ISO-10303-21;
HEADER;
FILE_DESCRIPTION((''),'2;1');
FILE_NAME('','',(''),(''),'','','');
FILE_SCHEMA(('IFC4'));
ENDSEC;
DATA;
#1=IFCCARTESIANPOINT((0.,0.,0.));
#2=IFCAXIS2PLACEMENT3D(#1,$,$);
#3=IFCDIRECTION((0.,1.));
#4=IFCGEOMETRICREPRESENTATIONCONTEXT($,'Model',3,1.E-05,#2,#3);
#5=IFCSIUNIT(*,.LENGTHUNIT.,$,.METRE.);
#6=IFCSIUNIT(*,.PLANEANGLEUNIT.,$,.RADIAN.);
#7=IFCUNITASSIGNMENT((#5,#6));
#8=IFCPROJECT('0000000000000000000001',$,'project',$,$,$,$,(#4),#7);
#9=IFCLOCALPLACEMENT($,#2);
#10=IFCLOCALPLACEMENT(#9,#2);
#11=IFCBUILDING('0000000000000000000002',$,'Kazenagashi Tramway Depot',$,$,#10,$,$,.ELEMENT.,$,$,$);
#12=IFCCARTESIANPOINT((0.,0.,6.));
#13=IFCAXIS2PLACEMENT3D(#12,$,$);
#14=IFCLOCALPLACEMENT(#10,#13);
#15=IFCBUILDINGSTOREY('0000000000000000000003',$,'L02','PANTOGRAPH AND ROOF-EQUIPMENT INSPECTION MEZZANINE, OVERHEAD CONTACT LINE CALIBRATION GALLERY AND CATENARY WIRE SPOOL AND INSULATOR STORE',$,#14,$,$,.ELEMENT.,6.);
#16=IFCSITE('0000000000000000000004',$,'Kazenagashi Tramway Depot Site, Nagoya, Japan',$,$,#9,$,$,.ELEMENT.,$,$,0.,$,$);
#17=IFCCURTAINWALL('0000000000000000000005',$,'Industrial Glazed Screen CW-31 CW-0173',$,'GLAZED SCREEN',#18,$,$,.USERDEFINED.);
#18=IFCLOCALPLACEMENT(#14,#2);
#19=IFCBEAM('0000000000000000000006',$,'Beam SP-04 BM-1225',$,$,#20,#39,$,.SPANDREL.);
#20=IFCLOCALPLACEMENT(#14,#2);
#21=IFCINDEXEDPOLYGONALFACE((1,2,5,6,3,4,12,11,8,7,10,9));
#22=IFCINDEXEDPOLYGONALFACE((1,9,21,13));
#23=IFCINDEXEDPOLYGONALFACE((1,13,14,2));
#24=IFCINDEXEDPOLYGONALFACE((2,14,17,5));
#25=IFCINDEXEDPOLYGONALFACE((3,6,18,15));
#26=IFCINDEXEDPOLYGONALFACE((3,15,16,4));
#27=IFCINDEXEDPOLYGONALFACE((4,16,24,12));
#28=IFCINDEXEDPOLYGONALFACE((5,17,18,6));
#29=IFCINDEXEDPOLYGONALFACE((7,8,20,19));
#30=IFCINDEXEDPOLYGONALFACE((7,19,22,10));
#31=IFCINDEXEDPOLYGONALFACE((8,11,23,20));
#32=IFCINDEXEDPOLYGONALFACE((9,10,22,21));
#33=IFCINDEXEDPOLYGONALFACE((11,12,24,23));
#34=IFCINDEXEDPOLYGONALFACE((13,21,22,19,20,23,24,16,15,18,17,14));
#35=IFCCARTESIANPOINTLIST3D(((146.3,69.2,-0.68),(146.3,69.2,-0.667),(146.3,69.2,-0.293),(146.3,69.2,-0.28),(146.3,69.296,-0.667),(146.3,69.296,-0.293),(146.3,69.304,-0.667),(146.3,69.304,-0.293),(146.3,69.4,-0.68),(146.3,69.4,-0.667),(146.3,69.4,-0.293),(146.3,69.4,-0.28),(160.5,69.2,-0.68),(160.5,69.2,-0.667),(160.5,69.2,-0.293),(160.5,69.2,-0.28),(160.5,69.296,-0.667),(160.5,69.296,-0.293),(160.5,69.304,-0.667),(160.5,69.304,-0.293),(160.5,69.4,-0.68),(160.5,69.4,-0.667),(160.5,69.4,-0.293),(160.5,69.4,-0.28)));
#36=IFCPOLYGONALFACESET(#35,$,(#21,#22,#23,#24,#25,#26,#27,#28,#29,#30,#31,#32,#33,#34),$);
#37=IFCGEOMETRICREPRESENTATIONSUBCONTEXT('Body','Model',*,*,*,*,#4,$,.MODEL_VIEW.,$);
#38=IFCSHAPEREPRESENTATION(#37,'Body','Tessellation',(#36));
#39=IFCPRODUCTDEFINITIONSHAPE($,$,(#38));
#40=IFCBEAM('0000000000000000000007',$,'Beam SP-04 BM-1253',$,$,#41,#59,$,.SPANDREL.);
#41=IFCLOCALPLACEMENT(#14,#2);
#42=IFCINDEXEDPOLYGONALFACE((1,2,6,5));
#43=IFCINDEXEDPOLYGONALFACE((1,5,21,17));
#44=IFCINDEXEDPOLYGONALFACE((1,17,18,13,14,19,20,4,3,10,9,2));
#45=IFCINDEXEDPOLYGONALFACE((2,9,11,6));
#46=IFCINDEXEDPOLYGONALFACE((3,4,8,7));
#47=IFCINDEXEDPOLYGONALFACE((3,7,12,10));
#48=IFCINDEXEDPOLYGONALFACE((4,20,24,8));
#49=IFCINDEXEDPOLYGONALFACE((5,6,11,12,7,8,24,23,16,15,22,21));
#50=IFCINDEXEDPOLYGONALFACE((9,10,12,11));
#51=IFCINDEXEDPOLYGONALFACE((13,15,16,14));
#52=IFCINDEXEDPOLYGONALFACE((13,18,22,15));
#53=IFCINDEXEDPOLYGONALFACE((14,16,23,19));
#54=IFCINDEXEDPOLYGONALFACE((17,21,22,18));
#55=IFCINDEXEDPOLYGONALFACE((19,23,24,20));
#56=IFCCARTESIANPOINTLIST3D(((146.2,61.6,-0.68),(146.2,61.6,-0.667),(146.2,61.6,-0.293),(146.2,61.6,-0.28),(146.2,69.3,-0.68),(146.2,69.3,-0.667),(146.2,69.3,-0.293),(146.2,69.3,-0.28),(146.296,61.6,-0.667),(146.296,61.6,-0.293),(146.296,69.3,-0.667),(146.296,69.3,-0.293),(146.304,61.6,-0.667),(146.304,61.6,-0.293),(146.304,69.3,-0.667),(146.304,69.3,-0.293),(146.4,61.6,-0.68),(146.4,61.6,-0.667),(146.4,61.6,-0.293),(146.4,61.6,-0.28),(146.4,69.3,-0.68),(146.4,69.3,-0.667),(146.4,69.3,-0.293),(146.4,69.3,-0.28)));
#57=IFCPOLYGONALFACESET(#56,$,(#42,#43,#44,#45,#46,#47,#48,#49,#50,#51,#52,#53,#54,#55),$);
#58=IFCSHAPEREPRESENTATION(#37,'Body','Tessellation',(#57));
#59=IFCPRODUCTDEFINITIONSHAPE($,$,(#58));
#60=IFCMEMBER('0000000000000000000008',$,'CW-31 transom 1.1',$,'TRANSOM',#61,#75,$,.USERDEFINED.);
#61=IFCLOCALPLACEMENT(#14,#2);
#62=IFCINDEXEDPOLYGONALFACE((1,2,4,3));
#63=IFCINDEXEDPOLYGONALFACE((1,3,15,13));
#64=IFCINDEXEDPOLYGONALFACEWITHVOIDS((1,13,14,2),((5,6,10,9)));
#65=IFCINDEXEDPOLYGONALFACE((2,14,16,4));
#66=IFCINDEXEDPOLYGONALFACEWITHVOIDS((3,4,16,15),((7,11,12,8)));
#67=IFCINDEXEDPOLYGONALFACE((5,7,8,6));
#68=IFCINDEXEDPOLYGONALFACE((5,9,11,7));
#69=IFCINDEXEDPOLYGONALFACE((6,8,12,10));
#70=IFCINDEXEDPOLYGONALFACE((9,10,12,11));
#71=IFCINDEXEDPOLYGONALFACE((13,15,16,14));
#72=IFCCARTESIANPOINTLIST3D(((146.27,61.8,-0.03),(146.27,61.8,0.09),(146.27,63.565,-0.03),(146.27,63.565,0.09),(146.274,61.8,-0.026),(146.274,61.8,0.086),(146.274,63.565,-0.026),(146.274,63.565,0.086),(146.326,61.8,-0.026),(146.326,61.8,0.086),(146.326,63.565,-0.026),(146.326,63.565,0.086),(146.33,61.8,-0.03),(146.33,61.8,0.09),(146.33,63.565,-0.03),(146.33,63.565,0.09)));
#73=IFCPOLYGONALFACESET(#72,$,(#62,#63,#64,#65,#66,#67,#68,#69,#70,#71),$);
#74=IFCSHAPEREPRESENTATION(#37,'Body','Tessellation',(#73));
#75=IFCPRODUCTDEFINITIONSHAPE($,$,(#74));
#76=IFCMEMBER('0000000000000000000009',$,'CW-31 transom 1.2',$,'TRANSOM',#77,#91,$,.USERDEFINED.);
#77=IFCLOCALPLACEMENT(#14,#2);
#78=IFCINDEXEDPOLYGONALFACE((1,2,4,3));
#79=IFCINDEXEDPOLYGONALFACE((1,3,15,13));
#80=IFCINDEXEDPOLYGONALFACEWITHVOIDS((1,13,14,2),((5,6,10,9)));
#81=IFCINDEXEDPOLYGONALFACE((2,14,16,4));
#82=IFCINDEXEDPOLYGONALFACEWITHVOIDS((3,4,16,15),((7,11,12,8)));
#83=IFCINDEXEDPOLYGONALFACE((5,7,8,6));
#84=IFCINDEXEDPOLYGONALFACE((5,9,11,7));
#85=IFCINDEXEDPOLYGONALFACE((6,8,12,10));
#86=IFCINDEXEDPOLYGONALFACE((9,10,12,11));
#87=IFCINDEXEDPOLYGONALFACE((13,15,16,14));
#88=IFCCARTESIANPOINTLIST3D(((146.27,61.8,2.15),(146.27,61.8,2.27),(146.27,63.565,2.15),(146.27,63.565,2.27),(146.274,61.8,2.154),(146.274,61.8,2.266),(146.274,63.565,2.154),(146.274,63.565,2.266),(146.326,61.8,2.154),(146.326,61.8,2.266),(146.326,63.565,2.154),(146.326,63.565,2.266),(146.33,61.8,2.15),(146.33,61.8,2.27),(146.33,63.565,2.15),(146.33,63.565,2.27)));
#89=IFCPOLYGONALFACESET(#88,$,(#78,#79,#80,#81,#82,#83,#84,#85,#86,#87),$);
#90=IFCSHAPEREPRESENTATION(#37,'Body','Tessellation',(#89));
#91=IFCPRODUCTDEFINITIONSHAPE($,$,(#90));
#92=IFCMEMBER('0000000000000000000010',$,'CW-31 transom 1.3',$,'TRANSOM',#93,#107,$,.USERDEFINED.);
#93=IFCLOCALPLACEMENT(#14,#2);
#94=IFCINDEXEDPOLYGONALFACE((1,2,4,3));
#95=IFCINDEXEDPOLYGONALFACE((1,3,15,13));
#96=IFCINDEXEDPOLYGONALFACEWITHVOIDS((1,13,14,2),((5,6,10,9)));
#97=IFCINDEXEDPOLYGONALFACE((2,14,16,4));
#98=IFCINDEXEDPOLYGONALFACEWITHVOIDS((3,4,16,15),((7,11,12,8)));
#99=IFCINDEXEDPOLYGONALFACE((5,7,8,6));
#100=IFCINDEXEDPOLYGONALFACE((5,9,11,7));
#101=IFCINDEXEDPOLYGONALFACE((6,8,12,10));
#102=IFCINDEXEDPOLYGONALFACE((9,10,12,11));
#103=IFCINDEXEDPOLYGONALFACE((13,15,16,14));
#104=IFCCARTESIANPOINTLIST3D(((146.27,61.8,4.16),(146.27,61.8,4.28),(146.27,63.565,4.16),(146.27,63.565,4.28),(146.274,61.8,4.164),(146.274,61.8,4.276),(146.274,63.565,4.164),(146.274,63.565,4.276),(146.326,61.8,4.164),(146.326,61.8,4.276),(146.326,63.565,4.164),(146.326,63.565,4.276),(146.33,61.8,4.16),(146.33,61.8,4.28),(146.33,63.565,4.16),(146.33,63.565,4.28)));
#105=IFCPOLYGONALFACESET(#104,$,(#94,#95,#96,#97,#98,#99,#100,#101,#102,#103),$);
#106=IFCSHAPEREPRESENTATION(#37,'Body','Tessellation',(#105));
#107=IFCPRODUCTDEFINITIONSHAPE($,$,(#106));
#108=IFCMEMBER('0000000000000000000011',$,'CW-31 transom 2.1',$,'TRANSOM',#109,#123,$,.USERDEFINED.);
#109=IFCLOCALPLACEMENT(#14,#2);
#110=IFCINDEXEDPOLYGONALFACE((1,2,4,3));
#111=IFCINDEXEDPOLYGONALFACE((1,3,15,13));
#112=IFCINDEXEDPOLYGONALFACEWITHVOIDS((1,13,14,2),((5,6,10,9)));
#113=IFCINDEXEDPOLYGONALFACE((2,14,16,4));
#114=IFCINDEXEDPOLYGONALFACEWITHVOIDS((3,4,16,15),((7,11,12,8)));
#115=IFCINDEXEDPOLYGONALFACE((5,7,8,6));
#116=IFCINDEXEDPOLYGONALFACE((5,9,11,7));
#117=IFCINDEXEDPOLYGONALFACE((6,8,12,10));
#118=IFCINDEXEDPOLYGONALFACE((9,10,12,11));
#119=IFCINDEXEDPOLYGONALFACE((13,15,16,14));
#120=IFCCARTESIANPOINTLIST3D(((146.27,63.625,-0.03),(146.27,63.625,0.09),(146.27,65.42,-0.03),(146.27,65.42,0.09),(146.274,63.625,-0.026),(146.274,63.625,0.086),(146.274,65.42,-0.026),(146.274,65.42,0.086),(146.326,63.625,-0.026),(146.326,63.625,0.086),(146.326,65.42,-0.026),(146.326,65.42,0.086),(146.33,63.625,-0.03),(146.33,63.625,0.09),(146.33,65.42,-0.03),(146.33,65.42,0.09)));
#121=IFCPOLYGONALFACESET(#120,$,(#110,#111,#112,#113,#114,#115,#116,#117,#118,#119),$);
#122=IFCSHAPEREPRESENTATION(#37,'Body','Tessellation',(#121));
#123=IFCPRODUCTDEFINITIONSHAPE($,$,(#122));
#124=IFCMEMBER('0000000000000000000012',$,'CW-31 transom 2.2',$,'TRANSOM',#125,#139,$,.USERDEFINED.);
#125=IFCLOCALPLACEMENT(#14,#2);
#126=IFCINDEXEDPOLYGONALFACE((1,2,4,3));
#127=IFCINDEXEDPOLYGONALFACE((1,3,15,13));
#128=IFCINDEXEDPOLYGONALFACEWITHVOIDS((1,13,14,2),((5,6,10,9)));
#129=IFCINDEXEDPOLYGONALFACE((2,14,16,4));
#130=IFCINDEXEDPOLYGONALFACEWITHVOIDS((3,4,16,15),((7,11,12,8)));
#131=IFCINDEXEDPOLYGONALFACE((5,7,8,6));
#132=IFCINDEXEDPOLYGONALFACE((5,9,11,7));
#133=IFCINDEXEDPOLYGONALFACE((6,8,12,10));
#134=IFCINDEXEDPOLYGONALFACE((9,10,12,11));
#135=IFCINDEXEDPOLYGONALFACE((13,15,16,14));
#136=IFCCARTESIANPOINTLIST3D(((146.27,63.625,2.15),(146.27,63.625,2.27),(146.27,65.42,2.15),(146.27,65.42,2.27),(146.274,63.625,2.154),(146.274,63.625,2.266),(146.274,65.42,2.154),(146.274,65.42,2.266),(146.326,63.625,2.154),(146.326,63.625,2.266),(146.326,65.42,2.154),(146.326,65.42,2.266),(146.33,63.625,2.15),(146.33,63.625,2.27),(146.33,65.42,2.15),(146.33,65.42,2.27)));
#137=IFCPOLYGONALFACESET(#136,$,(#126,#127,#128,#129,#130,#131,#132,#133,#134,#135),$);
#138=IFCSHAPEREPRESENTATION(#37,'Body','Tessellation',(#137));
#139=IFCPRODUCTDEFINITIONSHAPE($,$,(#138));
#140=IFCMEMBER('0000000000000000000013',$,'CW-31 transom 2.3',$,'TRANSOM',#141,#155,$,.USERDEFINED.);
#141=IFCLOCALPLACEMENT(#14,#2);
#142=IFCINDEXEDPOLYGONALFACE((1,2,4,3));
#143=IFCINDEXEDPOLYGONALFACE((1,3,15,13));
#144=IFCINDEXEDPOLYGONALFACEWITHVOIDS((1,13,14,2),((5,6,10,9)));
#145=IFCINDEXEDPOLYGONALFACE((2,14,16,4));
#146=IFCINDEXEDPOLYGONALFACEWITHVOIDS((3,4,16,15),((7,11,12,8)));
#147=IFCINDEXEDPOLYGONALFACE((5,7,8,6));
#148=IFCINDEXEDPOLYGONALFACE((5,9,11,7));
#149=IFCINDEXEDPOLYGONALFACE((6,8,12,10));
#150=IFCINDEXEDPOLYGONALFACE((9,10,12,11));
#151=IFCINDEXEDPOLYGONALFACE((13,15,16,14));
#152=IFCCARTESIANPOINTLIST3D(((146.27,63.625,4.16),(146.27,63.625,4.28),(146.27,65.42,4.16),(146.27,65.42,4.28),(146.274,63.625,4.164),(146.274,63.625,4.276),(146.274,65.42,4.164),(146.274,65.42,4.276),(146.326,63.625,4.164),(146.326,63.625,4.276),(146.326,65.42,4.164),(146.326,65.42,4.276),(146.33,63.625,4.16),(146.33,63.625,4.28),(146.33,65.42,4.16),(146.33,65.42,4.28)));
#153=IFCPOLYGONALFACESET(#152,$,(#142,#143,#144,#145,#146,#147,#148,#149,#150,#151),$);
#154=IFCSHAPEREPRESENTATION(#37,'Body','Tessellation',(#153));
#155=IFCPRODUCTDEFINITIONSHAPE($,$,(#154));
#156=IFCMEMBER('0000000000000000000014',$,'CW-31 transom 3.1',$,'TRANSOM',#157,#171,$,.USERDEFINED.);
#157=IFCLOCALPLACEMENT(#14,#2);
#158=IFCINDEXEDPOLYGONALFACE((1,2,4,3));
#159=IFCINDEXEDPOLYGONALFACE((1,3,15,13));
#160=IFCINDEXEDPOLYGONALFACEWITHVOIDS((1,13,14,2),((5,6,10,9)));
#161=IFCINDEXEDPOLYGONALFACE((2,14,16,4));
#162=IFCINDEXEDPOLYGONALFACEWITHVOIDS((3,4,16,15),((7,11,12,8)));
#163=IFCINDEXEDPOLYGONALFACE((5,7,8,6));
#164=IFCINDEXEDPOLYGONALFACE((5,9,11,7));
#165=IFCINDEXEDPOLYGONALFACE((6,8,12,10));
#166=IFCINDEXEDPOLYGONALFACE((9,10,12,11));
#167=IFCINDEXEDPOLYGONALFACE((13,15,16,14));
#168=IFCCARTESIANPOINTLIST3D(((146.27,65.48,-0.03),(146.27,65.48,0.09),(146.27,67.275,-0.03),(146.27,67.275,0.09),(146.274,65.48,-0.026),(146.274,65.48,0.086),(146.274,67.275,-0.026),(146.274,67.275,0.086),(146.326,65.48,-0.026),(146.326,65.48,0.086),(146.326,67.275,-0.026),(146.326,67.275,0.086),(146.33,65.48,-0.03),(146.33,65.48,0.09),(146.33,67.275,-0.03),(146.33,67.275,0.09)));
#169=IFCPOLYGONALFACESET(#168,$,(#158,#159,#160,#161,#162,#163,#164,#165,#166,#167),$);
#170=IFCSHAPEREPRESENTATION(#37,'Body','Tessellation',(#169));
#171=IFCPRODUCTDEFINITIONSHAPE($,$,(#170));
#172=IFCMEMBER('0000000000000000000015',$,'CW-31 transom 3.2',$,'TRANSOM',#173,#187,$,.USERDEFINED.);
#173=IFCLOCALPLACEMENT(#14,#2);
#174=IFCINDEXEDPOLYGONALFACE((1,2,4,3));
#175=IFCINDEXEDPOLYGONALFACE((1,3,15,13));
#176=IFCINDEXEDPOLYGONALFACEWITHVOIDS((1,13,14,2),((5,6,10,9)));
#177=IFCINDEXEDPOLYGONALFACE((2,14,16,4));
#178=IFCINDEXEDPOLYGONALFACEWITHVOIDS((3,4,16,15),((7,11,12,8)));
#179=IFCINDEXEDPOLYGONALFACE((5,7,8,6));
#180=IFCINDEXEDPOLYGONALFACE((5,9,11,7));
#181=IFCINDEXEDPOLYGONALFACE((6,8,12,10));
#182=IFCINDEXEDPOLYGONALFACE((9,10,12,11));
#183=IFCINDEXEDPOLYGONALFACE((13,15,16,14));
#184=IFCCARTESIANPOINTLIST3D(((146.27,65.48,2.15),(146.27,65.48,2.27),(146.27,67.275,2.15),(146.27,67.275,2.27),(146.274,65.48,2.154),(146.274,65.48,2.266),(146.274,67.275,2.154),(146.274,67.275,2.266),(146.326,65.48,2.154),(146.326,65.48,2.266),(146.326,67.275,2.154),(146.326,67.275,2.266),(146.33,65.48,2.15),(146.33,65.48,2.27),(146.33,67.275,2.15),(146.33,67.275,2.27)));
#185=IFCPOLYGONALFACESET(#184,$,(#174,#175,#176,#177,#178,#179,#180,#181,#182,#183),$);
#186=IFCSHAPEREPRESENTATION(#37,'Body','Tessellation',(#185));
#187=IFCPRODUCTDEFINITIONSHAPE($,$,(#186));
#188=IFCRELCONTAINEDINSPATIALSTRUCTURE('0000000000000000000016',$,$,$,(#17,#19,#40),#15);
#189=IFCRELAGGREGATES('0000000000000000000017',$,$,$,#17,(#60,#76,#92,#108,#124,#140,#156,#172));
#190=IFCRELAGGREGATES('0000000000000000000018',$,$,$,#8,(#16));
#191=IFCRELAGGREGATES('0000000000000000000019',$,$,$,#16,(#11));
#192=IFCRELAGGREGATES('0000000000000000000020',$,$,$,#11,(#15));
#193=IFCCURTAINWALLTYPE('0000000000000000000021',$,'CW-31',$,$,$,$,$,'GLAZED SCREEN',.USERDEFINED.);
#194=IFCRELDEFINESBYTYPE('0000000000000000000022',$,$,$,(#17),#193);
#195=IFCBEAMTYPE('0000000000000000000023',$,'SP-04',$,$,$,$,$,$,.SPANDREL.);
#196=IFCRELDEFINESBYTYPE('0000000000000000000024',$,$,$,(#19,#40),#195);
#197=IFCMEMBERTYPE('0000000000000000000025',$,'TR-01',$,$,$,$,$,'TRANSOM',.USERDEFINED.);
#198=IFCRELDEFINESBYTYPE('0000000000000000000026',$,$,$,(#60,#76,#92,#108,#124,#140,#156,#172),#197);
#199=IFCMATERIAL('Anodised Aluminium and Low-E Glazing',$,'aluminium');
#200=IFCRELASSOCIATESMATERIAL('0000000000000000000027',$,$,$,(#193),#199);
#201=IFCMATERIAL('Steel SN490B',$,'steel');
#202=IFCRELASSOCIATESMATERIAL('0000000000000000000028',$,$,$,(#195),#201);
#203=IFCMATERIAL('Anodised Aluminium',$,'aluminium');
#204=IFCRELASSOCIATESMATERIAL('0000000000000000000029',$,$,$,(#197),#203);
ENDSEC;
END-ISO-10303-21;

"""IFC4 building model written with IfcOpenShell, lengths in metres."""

from ifc_helpers import new_model, si_unit, direction, frame, origin, origin_2d, place, context, subcontext, project, spatial, hollow_rectangle, i_section, extrude, material, material_profile, profile_set, type_object, element, aggregate, save


model = new_model("IFC4")

# Units and contexts
model_context = context("Model", 3, precision=1e-05, world=origin(), true_north=direction((0.0, 1.0)))
body_context = subcontext(model_context, "Body", "Model", "MODEL_VIEW")
ifc_project = project(units=[si_unit("LENGTHUNIT", "METRE"), si_unit("PLANEANGLEUNIT", "RADIAN")], contexts=[model_context])

# Site, building, storey
site_placement = place(None, origin())
site = spatial("IfcSite", under=ifc_project, at=site_placement, Name="Kazenagashi Tramway Depot Site, Nagoya, Japan", CompositionType="ELEMENT", RefElevation=0.0)
building_placement = place(site_placement, origin())
building = spatial("IfcBuilding", under=site, at=building_placement, Name="Kazenagashi Tramway Depot", CompositionType="ELEMENT")
storey_placement = place(building_placement, frame((0.0, 0.0, 6.0)))
storey = spatial("IfcBuildingStorey", under=building, at=storey_placement, Name="L02", Description="PANTOGRAPH AND ROOF-EQUIPMENT INSPECTION MEZZANINE, OVERHEAD CONTACT LINE CALIBRATION GALLERY AND CATENARY WIRE SPOOL AND INSULATOR STORE", CompositionType="ELEMENT", Elevation=6.0)

# Shared definitions
ifc_material_1 = material(Name="Steel SN490B", Category="steel")

# Curtain wall
ifc_material_2 = material(Name="Anodised Aluminium and Low-E Glazing", Category="aluminium")
curtain_wall_type = type_object("IfcCurtainWallType", Name="CW-31", ElementType="GLAZED SCREEN", PredefinedType="USERDEFINED", material=ifc_material_2)
curtain_wall_placement = place(storey_placement, origin())
curtain_wall = element("IfcCurtainWall", 1, at=curtain_wall_placement, inside=storey, type_object=curtain_wall_type, Name="Industrial Glazed Screen CW-31 CW-0173", ObjectType="GLAZED SCREEN", PredefinedType="USERDEFINED")
ifc_material_3 = material(Name="Anodised Aluminium", Category="aluminium")

# Beams
ifc_material_profile_1 = material_profile(ifc_material_1, i_section(OverallWidth=0.2, OverallDepth=0.4, WebThickness=0.008, FlangeThickness=0.013, at=origin_2d()), Name="H-400x200x8x13")
ifc_profile_set_1 = profile_set([ifc_material_profile_1], Name="Steel SN490B")
beam_type_1 = type_object("IfcBeamType", Name="SP-04", PredefinedType="SPANDREL", material=ifc_profile_set_1)
beam_1_placement = place(storey_placement, frame((146.3, 69.3, -0.48), z_axis=(1.0, 0.0, 0.0), x_axis=(0.0, 1.0, 0.0)))
element("IfcBeam", 2, at=beam_1_placement, inside=storey, type_object=beam_type_1, Name="Beam SP-04 BM-1225", PredefinedType="SPANDREL", context=body_context, shape_type="SweptSolid", body=[
    extrude(i_section(OverallWidth=0.2, OverallDepth=0.4, WebThickness=0.008, FlangeThickness=0.013, at=origin_2d()), origin(), (0.0, 0.0, 1.0), 14.2),
])
beam_2_placement = place(storey_placement, frame((146.3, 61.6, -0.48), z_axis=(0.0, 1.0, 0.0), x_axis=(-1.0, 0.0, 0.0)))
element("IfcBeam", 3, at=beam_2_placement, inside=storey, type_object=beam_type_1, Name="Beam SP-04 BM-1253", PredefinedType="SPANDREL", context=body_context, shape_type="SweptSolid", body=[
    extrude(i_section(OverallWidth=0.2, OverallDepth=0.4, WebThickness=0.008, FlangeThickness=0.013, at=origin_2d()), origin(), (0.0, 0.0, 1.0), 7.7),
])

# Members
ifc_material_profile_2 = material_profile(ifc_material_3, hollow_rectangle(XDim=0.06, YDim=0.12, WallThickness=0.004, at=origin_2d()), Name="RHS-120x60x4")
ifc_profile_set_2 = profile_set([ifc_material_profile_2], Name="Anodised Aluminium")
member_type_1 = type_object("IfcMemberType", Name="TR-01", ElementType="TRANSOM", PredefinedType="USERDEFINED", material=ifc_profile_set_2)
member_1_placement = place(storey_placement, frame((146.3, 61.8, 0.03), z_axis=(0.0, 1.0, 0.0), x_axis=(-1.0, 0.0, 0.0)))
member_1 = element("IfcMember", 4, at=member_1_placement, type_object=member_type_1, Name="CW-31 transom 1.1", ObjectType="TRANSOM", PredefinedType="USERDEFINED", context=body_context, shape_type="SweptSolid", body=[
    extrude(hollow_rectangle(XDim=0.06, YDim=0.12, WallThickness=0.004, at=origin_2d()), origin(), (0.0, 0.0, 1.0), 1.765),
])
member_2_placement = place(storey_placement, frame((146.3, 61.8, 2.21), z_axis=(0.0, 1.0, 0.0), x_axis=(-1.0, 0.0, 0.0)))
member_2 = element("IfcMember", 5, at=member_2_placement, type_object=member_type_1, Name="CW-31 transom 1.2", ObjectType="TRANSOM", PredefinedType="USERDEFINED", context=body_context, shape_type="SweptSolid", body=[
    extrude(hollow_rectangle(XDim=0.06, YDim=0.12, WallThickness=0.004, at=origin_2d()), origin(), (0.0, 0.0, 1.0), 1.765),
])
member_3_placement = place(storey_placement, frame((146.3, 61.8, 4.22), z_axis=(0.0, 1.0, 0.0), x_axis=(-1.0, 0.0, 0.0)))
member_3 = element("IfcMember", 6, at=member_3_placement, type_object=member_type_1, Name="CW-31 transom 1.3", ObjectType="TRANSOM", PredefinedType="USERDEFINED", context=body_context, shape_type="SweptSolid", body=[
    extrude(hollow_rectangle(XDim=0.06, YDim=0.12, WallThickness=0.004, at=origin_2d()), origin(), (0.0, 0.0, 1.0), 1.765),
])
member_4_placement = place(storey_placement, frame((146.3, 63.625, 0.03), z_axis=(0.0, 1.0, 0.0), x_axis=(-1.0, 0.0, 0.0)))
member_4 = element("IfcMember", 7, at=member_4_placement, type_object=member_type_1, Name="CW-31 transom 2.1", ObjectType="TRANSOM", PredefinedType="USERDEFINED", context=body_context, shape_type="SweptSolid", body=[
    extrude(hollow_rectangle(XDim=0.06, YDim=0.12, WallThickness=0.004, at=origin_2d()), origin(), (0.0, 0.0, 1.0), 1.795),
])
member_5_placement = place(storey_placement, frame((146.3, 63.625, 2.21), z_axis=(0.0, 1.0, 0.0), x_axis=(-1.0, 0.0, 0.0)))
member_5 = element("IfcMember", 8, at=member_5_placement, type_object=member_type_1, Name="CW-31 transom 2.2", ObjectType="TRANSOM", PredefinedType="USERDEFINED", context=body_context, shape_type="SweptSolid", body=[
    extrude(hollow_rectangle(XDim=0.06, YDim=0.12, WallThickness=0.004, at=origin_2d()), origin(), (0.0, 0.0, 1.0), 1.795),
])
member_6_placement = place(storey_placement, frame((146.3, 63.625, 4.22), z_axis=(0.0, 1.0, 0.0), x_axis=(-1.0, 0.0, 0.0)))
member_6 = element("IfcMember", 9, at=member_6_placement, type_object=member_type_1, Name="CW-31 transom 2.3", ObjectType="TRANSOM", PredefinedType="USERDEFINED", context=body_context, shape_type="SweptSolid", body=[
    extrude(hollow_rectangle(XDim=0.06, YDim=0.12, WallThickness=0.004, at=origin_2d()), origin(), (0.0, 0.0, 1.0), 1.795),
])
member_7_placement = place(storey_placement, frame((146.3, 65.48, 0.03), z_axis=(0.0, 1.0, 0.0), x_axis=(-1.0, 0.0, 0.0)))
member_7 = element("IfcMember", 10, at=member_7_placement, type_object=member_type_1, Name="CW-31 transom 3.1", ObjectType="TRANSOM", PredefinedType="USERDEFINED", context=body_context, shape_type="SweptSolid", body=[
    extrude(hollow_rectangle(XDim=0.06, YDim=0.12, WallThickness=0.004, at=origin_2d()), origin(), (0.0, 0.0, 1.0), 1.795),
])
member_8_placement = place(storey_placement, frame((146.3, 65.48, 2.21), z_axis=(0.0, 1.0, 0.0), x_axis=(-1.0, 0.0, 0.0)))
member_8 = element("IfcMember", 11, at=member_8_placement, type_object=member_type_1, Name="CW-31 transom 3.2", ObjectType="TRANSOM", PredefinedType="USERDEFINED", context=body_context, shape_type="SweptSolid", body=[
    extrude(hollow_rectangle(XDim=0.06, YDim=0.12, WallThickness=0.004, at=origin_2d()), origin(), (0.0, 0.0, 1.0), 1.795),
])

aggregate(curtain_wall, [member_1, member_2, member_3, member_4, member_5, member_6, member_7, member_8])

save(model, "model.ifc")
